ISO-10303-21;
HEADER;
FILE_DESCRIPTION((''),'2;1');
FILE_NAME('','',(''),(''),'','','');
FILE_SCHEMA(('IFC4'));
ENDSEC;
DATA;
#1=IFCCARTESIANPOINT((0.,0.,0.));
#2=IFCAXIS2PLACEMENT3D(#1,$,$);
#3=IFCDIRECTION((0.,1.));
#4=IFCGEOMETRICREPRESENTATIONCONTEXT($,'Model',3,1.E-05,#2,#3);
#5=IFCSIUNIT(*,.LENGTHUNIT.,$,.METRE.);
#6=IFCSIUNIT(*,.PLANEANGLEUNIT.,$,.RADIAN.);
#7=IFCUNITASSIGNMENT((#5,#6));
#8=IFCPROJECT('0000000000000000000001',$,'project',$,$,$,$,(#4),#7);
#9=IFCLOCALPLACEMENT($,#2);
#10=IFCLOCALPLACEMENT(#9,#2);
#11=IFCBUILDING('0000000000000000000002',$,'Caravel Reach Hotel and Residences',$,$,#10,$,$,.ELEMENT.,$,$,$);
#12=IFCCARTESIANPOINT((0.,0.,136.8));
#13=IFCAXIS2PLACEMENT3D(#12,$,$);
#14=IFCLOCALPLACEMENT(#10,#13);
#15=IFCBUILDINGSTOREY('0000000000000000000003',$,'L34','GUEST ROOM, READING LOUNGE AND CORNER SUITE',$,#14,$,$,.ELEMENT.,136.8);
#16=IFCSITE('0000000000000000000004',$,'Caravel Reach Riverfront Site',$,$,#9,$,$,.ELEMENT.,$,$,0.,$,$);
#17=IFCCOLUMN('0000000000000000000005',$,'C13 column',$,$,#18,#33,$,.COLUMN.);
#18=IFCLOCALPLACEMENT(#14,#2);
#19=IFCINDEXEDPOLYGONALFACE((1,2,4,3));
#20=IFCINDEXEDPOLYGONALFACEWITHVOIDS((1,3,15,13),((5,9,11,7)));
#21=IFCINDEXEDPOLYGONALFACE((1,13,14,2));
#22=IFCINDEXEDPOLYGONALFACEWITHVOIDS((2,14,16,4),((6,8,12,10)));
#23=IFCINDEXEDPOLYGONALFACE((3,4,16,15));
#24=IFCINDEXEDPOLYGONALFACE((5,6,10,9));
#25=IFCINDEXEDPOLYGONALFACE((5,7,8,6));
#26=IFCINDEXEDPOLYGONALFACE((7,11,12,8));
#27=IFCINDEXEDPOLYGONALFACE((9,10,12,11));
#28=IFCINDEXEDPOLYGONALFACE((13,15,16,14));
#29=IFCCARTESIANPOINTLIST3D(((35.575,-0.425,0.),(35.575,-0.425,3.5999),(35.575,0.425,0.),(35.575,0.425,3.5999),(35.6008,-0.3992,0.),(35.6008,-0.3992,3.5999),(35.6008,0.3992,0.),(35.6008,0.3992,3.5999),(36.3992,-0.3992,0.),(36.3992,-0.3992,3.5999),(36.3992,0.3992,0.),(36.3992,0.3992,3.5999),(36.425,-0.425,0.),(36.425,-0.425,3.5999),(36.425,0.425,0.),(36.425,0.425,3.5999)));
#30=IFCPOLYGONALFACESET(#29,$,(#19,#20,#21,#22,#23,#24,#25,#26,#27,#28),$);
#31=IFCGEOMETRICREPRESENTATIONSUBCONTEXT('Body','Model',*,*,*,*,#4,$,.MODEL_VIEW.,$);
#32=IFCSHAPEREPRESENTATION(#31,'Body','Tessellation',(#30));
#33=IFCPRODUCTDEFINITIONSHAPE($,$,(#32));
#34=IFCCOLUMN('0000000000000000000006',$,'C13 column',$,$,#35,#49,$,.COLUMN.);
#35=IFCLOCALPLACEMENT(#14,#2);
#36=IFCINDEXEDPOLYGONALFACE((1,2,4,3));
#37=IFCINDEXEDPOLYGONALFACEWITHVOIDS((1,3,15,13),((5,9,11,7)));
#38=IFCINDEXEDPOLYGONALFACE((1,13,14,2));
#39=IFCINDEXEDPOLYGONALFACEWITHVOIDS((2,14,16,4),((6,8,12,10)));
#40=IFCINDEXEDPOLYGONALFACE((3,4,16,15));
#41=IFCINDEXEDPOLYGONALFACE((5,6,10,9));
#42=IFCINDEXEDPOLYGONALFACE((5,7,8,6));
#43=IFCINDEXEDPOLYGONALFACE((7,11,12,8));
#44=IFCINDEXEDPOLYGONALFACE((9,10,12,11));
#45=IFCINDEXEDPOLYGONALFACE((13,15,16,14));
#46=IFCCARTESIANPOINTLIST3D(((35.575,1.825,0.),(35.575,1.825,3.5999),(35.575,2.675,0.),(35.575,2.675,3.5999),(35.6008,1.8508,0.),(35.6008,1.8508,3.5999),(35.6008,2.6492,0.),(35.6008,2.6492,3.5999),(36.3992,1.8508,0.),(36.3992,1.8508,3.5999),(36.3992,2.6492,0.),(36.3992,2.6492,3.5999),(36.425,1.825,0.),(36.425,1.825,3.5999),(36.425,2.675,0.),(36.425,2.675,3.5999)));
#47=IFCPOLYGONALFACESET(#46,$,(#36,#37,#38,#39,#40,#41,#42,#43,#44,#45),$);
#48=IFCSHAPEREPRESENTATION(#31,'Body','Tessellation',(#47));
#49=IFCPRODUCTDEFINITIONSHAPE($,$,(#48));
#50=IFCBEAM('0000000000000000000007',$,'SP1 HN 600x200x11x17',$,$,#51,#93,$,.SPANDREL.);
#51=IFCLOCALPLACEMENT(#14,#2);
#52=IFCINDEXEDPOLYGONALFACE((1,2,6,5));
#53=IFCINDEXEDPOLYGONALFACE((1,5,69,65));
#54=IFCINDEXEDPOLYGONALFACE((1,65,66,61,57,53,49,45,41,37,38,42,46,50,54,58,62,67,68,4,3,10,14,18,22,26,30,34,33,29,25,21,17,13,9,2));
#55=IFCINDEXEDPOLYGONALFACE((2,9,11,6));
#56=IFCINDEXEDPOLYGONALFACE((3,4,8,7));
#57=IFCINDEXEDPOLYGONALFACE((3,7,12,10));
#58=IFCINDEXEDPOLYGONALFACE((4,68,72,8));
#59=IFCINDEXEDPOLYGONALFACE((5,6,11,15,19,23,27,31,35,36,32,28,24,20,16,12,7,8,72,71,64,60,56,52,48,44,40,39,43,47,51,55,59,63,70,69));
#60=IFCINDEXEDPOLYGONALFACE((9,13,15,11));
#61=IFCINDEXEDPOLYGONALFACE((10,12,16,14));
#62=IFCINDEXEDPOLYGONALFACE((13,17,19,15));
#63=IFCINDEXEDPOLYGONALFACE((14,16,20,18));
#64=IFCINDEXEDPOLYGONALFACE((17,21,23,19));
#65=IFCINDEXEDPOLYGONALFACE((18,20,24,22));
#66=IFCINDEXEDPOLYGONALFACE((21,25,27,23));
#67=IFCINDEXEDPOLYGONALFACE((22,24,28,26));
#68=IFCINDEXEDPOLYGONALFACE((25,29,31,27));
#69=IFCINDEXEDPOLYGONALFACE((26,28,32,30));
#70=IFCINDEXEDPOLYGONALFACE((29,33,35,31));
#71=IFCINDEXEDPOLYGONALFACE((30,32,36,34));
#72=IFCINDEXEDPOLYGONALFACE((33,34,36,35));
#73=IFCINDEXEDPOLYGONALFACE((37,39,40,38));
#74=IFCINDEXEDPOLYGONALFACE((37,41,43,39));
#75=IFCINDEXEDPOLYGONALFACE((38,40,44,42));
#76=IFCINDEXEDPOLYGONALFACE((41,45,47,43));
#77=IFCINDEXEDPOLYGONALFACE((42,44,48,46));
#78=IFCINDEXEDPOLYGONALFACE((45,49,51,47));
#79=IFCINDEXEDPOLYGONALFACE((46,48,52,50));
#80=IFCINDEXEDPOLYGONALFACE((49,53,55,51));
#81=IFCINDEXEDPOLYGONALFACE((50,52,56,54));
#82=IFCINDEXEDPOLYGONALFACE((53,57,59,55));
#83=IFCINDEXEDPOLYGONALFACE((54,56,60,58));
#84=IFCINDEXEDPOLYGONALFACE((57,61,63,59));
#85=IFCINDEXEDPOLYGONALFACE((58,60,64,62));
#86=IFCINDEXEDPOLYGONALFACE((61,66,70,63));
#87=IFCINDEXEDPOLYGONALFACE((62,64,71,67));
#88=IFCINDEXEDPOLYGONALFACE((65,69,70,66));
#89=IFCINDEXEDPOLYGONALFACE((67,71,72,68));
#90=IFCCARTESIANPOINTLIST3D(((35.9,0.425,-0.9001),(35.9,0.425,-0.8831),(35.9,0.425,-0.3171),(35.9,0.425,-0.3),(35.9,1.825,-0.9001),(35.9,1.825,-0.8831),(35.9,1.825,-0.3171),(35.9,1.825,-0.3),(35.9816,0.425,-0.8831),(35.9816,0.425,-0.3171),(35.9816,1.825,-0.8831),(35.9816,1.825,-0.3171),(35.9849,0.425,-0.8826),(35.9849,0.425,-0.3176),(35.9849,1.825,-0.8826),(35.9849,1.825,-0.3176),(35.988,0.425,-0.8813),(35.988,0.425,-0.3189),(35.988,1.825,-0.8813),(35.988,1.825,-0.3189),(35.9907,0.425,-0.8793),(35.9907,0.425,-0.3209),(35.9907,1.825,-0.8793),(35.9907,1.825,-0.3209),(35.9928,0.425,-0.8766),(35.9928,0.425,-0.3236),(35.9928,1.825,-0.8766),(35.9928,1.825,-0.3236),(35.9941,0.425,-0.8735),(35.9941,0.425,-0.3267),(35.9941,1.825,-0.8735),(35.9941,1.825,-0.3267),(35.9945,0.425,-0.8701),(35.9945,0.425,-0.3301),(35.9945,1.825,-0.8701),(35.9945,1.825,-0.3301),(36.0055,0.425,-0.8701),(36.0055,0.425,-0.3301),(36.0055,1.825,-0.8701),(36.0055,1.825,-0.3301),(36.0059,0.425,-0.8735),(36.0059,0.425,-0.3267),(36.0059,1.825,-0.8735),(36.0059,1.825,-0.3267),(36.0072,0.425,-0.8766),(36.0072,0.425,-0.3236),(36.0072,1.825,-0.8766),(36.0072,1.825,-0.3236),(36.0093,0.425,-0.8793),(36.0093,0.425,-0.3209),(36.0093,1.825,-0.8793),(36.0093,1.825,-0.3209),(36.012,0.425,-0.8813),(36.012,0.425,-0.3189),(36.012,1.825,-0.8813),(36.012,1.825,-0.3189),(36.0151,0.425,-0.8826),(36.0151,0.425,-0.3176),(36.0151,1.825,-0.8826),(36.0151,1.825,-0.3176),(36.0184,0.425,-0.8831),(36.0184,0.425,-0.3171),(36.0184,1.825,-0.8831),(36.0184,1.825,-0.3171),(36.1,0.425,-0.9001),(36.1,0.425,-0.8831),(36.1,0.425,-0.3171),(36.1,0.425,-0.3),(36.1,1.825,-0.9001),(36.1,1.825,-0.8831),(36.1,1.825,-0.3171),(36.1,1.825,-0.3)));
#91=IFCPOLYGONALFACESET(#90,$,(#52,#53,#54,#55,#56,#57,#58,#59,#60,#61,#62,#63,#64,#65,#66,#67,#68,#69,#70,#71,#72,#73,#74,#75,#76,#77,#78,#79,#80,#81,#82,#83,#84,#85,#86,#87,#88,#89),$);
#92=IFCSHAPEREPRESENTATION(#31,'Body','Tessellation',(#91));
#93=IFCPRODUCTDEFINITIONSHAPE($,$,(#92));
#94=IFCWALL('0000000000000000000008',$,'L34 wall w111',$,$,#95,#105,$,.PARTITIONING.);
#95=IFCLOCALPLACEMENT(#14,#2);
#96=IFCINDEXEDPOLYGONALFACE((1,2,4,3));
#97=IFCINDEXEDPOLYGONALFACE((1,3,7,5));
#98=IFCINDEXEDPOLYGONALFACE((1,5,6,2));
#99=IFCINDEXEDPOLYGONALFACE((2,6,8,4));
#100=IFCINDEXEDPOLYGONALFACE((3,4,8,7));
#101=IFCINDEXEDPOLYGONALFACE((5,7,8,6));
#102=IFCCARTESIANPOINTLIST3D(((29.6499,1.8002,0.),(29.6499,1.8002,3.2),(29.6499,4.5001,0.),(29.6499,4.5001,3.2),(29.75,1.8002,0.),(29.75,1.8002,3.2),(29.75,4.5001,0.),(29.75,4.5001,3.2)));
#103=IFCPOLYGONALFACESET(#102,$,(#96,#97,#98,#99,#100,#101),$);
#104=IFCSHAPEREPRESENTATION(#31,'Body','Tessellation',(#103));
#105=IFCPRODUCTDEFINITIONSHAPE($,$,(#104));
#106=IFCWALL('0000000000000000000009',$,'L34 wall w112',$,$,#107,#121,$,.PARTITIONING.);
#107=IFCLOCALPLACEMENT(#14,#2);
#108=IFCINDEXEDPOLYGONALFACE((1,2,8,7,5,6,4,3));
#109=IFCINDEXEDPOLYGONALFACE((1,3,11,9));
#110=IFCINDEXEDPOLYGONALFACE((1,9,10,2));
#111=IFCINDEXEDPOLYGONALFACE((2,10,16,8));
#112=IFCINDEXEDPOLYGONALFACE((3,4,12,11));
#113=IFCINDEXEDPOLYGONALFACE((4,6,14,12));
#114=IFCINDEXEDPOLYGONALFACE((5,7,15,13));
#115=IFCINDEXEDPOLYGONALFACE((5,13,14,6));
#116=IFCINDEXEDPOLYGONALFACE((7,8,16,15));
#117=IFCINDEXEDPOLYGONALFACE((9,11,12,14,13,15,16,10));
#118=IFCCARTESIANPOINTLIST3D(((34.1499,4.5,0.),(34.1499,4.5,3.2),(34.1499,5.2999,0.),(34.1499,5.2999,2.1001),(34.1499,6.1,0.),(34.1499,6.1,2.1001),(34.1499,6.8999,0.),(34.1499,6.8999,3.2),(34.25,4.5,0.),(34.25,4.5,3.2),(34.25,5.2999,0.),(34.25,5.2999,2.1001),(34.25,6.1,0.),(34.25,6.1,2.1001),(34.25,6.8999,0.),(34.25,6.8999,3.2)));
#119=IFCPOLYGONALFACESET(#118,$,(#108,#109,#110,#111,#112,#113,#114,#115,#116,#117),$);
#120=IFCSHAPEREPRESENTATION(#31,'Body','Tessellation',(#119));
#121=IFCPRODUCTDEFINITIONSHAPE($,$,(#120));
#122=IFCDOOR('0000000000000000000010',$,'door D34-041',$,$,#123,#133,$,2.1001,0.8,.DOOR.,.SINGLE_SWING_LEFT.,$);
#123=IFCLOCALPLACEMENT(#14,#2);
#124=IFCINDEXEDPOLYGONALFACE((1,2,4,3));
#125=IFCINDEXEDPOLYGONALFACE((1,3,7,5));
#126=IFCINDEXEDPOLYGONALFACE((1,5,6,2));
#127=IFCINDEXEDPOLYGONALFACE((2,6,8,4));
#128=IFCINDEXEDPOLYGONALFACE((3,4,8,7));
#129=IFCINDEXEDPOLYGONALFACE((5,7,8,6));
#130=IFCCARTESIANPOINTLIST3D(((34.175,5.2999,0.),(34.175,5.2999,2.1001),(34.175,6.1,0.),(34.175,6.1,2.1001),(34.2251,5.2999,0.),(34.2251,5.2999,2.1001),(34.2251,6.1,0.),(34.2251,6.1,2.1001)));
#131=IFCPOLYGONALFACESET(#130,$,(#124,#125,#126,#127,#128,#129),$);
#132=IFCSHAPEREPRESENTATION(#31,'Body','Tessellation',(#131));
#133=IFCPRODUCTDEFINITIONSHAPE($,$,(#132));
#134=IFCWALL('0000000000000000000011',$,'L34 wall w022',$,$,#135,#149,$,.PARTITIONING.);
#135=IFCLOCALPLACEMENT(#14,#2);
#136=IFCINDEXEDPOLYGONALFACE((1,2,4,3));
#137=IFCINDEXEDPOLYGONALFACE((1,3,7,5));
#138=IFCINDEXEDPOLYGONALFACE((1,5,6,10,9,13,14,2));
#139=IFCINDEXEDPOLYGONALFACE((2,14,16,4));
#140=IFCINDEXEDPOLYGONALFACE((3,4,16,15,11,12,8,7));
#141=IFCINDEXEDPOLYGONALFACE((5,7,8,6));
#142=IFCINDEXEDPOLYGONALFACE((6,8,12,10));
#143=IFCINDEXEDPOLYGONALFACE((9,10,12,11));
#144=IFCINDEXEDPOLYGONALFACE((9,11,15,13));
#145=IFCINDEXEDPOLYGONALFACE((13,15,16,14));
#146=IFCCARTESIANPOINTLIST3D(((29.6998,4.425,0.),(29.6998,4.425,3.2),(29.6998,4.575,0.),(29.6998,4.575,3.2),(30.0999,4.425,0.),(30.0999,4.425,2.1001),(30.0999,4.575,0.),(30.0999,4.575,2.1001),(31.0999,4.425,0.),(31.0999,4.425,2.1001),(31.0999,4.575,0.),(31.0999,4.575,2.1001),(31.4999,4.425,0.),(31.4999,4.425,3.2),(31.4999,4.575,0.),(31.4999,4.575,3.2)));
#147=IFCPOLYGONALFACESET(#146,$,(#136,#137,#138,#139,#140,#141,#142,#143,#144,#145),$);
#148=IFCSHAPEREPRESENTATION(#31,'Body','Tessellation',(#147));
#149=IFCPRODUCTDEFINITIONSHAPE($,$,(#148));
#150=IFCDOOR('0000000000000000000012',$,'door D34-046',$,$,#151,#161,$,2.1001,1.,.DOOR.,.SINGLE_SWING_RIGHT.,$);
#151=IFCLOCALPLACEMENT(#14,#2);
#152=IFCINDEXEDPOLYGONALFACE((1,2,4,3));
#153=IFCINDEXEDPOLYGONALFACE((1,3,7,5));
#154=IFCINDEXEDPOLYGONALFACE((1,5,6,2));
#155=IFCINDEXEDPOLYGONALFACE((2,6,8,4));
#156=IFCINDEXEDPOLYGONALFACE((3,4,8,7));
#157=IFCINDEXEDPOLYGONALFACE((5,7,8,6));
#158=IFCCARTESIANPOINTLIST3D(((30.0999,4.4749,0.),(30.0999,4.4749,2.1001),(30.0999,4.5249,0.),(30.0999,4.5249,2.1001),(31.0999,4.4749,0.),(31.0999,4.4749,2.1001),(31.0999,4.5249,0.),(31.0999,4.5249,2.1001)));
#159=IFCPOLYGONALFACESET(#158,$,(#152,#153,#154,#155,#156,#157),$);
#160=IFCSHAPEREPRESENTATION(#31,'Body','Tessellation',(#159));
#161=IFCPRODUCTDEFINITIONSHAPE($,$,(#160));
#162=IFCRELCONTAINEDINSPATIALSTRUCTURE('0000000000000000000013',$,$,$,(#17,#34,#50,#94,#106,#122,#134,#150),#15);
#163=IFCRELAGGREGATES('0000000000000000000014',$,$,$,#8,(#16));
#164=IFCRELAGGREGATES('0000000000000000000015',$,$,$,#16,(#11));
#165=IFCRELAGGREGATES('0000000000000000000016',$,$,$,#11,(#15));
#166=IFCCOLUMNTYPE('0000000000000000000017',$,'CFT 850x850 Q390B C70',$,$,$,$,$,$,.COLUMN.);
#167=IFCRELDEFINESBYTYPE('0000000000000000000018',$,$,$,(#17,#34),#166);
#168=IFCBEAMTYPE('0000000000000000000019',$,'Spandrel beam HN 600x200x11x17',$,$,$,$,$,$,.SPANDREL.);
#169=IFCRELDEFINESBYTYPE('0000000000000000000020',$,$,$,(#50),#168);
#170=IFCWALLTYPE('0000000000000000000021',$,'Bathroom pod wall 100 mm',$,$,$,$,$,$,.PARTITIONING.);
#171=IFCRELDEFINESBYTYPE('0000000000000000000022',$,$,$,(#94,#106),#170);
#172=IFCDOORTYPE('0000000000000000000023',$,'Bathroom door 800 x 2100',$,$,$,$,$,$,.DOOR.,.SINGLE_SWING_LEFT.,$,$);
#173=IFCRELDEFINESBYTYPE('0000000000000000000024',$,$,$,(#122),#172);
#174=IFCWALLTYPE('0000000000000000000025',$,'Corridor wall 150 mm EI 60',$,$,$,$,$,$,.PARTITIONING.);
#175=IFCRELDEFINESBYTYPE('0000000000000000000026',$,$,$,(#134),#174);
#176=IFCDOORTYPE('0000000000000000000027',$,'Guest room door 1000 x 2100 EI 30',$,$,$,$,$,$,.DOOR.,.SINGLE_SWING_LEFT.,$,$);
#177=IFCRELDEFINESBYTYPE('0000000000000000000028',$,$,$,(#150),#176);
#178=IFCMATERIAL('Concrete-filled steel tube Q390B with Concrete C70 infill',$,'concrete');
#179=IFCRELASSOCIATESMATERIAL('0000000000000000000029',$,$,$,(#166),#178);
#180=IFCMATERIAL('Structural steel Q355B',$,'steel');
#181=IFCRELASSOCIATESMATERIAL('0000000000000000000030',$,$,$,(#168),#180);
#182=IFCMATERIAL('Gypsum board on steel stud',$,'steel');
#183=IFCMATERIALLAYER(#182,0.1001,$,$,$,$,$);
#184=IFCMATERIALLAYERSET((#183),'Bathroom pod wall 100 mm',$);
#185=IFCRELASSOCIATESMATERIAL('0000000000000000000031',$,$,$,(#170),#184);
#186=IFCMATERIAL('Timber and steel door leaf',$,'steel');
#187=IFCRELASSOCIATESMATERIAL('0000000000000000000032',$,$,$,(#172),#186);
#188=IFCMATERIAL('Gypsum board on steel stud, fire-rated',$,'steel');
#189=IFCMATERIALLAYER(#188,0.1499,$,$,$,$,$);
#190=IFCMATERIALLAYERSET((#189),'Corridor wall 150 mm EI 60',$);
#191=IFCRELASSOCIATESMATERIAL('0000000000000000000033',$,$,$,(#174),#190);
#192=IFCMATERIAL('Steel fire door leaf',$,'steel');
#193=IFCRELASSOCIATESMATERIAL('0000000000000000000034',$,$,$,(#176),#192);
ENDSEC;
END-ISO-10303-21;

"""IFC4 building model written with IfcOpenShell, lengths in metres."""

from ifc_helpers import new_model, si_unit, direction, frame, frame_2d, origin, origin_2d, place, context, subcontext, project, spatial, rectangle, hollow_rectangle, i_section, extrude, material, layer, layer_set, material_profile, profile_set, type_object, element, fill, save


model = new_model("IFC4")

# Units and contexts
model_context = context("Model", 3, precision=1e-05, world=origin(), true_north=direction((0.0, 1.0)))
body_context = subcontext(model_context, "Body", "Model", "MODEL_VIEW")
ifc_project = project(units=[si_unit("LENGTHUNIT", "METRE"), si_unit("PLANEANGLEUNIT", "RADIAN")], contexts=[model_context])

# Site, building, storey
site_placement = place(None, origin())
site = spatial("IfcSite", under=ifc_project, at=site_placement, Name="Caravel Reach Riverfront Site", CompositionType="ELEMENT", RefElevation=0.0)
building_placement = place(site_placement, origin())
building = spatial("IfcBuilding", under=site, at=building_placement, Name="Caravel Reach Hotel and Residences", CompositionType="ELEMENT")
storey_placement = place(building_placement, frame((0.0, 0.0, 136.8)))
storey = spatial("IfcBuildingStorey", under=building, at=storey_placement, Name="L34", Description="GUEST ROOM, READING LOUNGE AND CORNER SUITE", CompositionType="ELEMENT", Elevation=136.8)

# Columns
ifc_material_1 = material(Name="Concrete-filled steel tube Q390B with Concrete C70 infill", Category="concrete")
ifc_material_profile_1 = material_profile(ifc_material_1, hollow_rectangle(XDim=0.8501, YDim=0.8501, WallThickness=0.0259, at=origin_2d()), Name="RHS 850x850x26")
ifc_profile_set_1 = profile_set([ifc_material_profile_1], Name="Concrete-filled steel tube Q390B with Concrete C70 infill")
column_type = type_object("IfcColumnType", Name="CFT 850x850 Q390B C70", PredefinedType="COLUMN", material=ifc_profile_set_1)
for number, where, z_axis, x_axis, name in (
    (1, (36.0, 0.0, 0.0), (0.0, 0.0, 1.0), (1.0, 0.0, 0.0), "C13 column"),
    (2, (36.0, 2.25, 0.0), (0.0, 0.0, 1.0), (1.0, 0.0, 0.0), "C13 column"),
):
    element("IfcColumn", number, at=place(storey_placement, frame(where, z_axis=z_axis, x_axis=x_axis)), inside=storey, type_object=column_type, Name=name, PredefinedType="COLUMN", context=body_context, shape_type="SweptSolid", body=[
        extrude(hollow_rectangle(XDim=0.8501, YDim=0.8501, WallThickness=0.0259, at=origin_2d()), origin(), (0.0, 0.0, 1.0), 3.5999),
    ])

# Beam
ifc_material_2 = material(Name="Structural steel Q355B", Category="steel")
ifc_material_profile_2 = material_profile(ifc_material_2, i_section(OverallWidth=0.2, OverallDepth=0.6001, WebThickness=0.011, FlangeThickness=0.0171, FilletRadius=0.0129, at=origin_2d()), Name="HN 600x200x11x17")
ifc_profile_set_2 = profile_set([ifc_material_profile_2], Name="Structural steel Q355B")
beam_type = type_object("IfcBeamType", Name="Spandrel beam HN 600x200x11x17", PredefinedType="SPANDREL", material=ifc_profile_set_2)
beam_placement = place(storey_placement, frame((36.0, 0.425, -0.6001), z_axis=(0.0, 1.0, 0.0), x_axis=(-1.0, 0.0, 0.0)))
element("IfcBeam", 3, at=beam_placement, inside=storey, type_object=beam_type, Name="SP1 HN 600x200x11x17", PredefinedType="SPANDREL", context=body_context, shape_type="SweptSolid", body=[
    extrude(i_section(OverallWidth=0.2, OverallDepth=0.6001, WebThickness=0.011, FlangeThickness=0.0171, FilletRadius=0.0129, at=origin_2d()), origin(), (0.0, 0.0, 1.0), 1.3999),
])

# Wall
ifc_material_3 = material(Name="Gypsum board on steel stud", Category="steel")
ifc_layer_1 = layer(ifc_material_3, 0.1001)
ifc_layer_set_1 = layer_set([ifc_layer_1], Name="Bathroom pod wall 100 mm")
wall_type_1 = type_object("IfcWallType", Name="Bathroom pod wall 100 mm", PredefinedType="PARTITIONING", material=ifc_layer_set_1)
wall_1_placement = place(storey_placement, frame((29.7, 1.8, 0.0), z_axis=(0.0, 0.0, 1.0), x_axis=(0.0, 1.0, 0.0)))
element("IfcWall", 4, at=wall_1_placement, inside=storey, type_object=wall_type_1, Name="L34 wall w111", PredefinedType="PARTITIONING", context=body_context, shape_type="SweptSolid", body=[
    extrude(rectangle(XDim=2.7, YDim=0.1001, at=frame_2d((1.3501, 0.0))), origin(), (0.0, 0.0, 1.0), 3.2),
])

# Walls, openings, doors
wall_2_placement = place(storey_placement, frame((34.2, 4.5, 0.0), z_axis=(0.0, 0.0, 1.0), x_axis=(0.0, 1.0, 0.0)))
wall_2 = element("IfcWall", 5, at=wall_2_placement, inside=storey, type_object=wall_type_1, Name="L34 wall w112", PredefinedType="PARTITIONING", context=body_context, shape_type="SweptSolid", body=[
    extrude(rectangle(XDim=2.3999, YDim=0.1001, at=frame_2d((1.2, 0.0))), origin(), (0.0, 0.0, 1.0), 3.2),
])
opening_1_placement = place(wall_2_placement, frame((0.8, 0.0, 0.0)))
opening_1 = element("IfcOpeningElement", 6, at=opening_1_placement, cuts=wall_2, PredefinedType="OPENING", context=body_context, shape_type="SweptSolid", body=[
    extrude(rectangle(XDim=0.8, YDim=2.1001, at=frame_2d((0.3999, 1.05))), frame((0.0, 0.0601, 0.0), z_axis=(0.0, -1.0, 0.0), x_axis=(1.0, 0.0, 0.0)), (0.0, 0.0, 1.0), 0.1201),
])
ifc_material_4 = material(Name="Timber and steel door leaf", Category="steel")
door_type_1 = type_object("IfcDoorType", Name="Bathroom door 800 x 2100", OperationType="SINGLE_SWING_LEFT", PredefinedType="DOOR", material=ifc_material_4)
door_1_placement = place(opening_1_placement, origin())
door_1 = element("IfcDoor", 7, at=door_1_placement, inside=storey, type_object=door_type_1, Name="door D34-041", OperationType="SINGLE_SWING_LEFT", OverallHeight=2.1001, OverallWidth=0.8, PredefinedType="DOOR", context=body_context, shape_type="SweptSolid", body=[
    extrude(rectangle(XDim=0.8, YDim=2.1001, at=frame_2d((0.3999, 1.05))), frame((0.0, 0.0249, 0.0), z_axis=(0.0, -1.0, 0.0), x_axis=(1.0, 0.0, 0.0)), (0.0, 0.0, 1.0), 0.05),
])
fill(opening_1, door_1)
ifc_material_5 = material(Name="Gypsum board on steel stud, fire-rated", Category="steel")
ifc_layer_2 = layer(ifc_material_5, 0.1499)
ifc_layer_set_2 = layer_set([ifc_layer_2], Name="Corridor wall 150 mm EI 60")
wall_type_2 = type_object("IfcWallType", Name="Corridor wall 150 mm EI 60", PredefinedType="PARTITIONING", material=ifc_layer_set_2)
wall_3_placement = place(storey_placement, frame((29.7, 4.5, 0.0), z_axis=(0.0, 0.0, 1.0), x_axis=(1.0, 0.0, 0.0)))
wall_3 = element("IfcWall", 8, at=wall_3_placement, inside=storey, type_object=wall_type_2, Name="L34 wall w022", PredefinedType="PARTITIONING", context=body_context, shape_type="SweptSolid", body=[
    extrude(rectangle(XDim=1.8, YDim=0.1499, at=frame_2d((0.8999, 0.0))), origin(), (0.0, 0.0, 1.0), 3.2),
])
opening_2_placement = place(wall_3_placement, frame((0.3999, 0.0, 0.0)))
opening_2 = element("IfcOpeningElement", 9, at=opening_2_placement, cuts=wall_3, PredefinedType="OPENING", context=body_context, shape_type="SweptSolid", body=[
    extrude(rectangle(XDim=1.0, YDim=2.1001, at=frame_2d((0.5, 1.05))), frame((0.0, 0.085, 0.0), z_axis=(0.0, -1.0, 0.0), x_axis=(1.0, 0.0, 0.0)), (0.0, 0.0, 1.0), 0.1699),
])
ifc_material_6 = material(Name="Steel fire door leaf", Category="steel")
door_type_2 = type_object("IfcDoorType", Name="Guest room door 1000 x 2100 EI 30", OperationType="SINGLE_SWING_LEFT", PredefinedType="DOOR", material=ifc_material_6)
door_2_placement = place(opening_2_placement, origin())
door_2 = element("IfcDoor", 10, at=door_2_placement, inside=storey, type_object=door_type_2, Name="door D34-046", OperationType="SINGLE_SWING_RIGHT", OverallHeight=2.1001, OverallWidth=1.0, PredefinedType="DOOR", context=body_context, shape_type="SweptSolid", body=[
    extrude(rectangle(XDim=1.0, YDim=2.1001, at=frame_2d((0.5, 1.05))), frame((0.0, 0.0249, 0.0), z_axis=(0.0, -1.0, 0.0), x_axis=(1.0, 0.0, 0.0)), (0.0, 0.0, 1.0), 0.05),
])
fill(opening_2, door_2)

save(model, "model.ifc")
